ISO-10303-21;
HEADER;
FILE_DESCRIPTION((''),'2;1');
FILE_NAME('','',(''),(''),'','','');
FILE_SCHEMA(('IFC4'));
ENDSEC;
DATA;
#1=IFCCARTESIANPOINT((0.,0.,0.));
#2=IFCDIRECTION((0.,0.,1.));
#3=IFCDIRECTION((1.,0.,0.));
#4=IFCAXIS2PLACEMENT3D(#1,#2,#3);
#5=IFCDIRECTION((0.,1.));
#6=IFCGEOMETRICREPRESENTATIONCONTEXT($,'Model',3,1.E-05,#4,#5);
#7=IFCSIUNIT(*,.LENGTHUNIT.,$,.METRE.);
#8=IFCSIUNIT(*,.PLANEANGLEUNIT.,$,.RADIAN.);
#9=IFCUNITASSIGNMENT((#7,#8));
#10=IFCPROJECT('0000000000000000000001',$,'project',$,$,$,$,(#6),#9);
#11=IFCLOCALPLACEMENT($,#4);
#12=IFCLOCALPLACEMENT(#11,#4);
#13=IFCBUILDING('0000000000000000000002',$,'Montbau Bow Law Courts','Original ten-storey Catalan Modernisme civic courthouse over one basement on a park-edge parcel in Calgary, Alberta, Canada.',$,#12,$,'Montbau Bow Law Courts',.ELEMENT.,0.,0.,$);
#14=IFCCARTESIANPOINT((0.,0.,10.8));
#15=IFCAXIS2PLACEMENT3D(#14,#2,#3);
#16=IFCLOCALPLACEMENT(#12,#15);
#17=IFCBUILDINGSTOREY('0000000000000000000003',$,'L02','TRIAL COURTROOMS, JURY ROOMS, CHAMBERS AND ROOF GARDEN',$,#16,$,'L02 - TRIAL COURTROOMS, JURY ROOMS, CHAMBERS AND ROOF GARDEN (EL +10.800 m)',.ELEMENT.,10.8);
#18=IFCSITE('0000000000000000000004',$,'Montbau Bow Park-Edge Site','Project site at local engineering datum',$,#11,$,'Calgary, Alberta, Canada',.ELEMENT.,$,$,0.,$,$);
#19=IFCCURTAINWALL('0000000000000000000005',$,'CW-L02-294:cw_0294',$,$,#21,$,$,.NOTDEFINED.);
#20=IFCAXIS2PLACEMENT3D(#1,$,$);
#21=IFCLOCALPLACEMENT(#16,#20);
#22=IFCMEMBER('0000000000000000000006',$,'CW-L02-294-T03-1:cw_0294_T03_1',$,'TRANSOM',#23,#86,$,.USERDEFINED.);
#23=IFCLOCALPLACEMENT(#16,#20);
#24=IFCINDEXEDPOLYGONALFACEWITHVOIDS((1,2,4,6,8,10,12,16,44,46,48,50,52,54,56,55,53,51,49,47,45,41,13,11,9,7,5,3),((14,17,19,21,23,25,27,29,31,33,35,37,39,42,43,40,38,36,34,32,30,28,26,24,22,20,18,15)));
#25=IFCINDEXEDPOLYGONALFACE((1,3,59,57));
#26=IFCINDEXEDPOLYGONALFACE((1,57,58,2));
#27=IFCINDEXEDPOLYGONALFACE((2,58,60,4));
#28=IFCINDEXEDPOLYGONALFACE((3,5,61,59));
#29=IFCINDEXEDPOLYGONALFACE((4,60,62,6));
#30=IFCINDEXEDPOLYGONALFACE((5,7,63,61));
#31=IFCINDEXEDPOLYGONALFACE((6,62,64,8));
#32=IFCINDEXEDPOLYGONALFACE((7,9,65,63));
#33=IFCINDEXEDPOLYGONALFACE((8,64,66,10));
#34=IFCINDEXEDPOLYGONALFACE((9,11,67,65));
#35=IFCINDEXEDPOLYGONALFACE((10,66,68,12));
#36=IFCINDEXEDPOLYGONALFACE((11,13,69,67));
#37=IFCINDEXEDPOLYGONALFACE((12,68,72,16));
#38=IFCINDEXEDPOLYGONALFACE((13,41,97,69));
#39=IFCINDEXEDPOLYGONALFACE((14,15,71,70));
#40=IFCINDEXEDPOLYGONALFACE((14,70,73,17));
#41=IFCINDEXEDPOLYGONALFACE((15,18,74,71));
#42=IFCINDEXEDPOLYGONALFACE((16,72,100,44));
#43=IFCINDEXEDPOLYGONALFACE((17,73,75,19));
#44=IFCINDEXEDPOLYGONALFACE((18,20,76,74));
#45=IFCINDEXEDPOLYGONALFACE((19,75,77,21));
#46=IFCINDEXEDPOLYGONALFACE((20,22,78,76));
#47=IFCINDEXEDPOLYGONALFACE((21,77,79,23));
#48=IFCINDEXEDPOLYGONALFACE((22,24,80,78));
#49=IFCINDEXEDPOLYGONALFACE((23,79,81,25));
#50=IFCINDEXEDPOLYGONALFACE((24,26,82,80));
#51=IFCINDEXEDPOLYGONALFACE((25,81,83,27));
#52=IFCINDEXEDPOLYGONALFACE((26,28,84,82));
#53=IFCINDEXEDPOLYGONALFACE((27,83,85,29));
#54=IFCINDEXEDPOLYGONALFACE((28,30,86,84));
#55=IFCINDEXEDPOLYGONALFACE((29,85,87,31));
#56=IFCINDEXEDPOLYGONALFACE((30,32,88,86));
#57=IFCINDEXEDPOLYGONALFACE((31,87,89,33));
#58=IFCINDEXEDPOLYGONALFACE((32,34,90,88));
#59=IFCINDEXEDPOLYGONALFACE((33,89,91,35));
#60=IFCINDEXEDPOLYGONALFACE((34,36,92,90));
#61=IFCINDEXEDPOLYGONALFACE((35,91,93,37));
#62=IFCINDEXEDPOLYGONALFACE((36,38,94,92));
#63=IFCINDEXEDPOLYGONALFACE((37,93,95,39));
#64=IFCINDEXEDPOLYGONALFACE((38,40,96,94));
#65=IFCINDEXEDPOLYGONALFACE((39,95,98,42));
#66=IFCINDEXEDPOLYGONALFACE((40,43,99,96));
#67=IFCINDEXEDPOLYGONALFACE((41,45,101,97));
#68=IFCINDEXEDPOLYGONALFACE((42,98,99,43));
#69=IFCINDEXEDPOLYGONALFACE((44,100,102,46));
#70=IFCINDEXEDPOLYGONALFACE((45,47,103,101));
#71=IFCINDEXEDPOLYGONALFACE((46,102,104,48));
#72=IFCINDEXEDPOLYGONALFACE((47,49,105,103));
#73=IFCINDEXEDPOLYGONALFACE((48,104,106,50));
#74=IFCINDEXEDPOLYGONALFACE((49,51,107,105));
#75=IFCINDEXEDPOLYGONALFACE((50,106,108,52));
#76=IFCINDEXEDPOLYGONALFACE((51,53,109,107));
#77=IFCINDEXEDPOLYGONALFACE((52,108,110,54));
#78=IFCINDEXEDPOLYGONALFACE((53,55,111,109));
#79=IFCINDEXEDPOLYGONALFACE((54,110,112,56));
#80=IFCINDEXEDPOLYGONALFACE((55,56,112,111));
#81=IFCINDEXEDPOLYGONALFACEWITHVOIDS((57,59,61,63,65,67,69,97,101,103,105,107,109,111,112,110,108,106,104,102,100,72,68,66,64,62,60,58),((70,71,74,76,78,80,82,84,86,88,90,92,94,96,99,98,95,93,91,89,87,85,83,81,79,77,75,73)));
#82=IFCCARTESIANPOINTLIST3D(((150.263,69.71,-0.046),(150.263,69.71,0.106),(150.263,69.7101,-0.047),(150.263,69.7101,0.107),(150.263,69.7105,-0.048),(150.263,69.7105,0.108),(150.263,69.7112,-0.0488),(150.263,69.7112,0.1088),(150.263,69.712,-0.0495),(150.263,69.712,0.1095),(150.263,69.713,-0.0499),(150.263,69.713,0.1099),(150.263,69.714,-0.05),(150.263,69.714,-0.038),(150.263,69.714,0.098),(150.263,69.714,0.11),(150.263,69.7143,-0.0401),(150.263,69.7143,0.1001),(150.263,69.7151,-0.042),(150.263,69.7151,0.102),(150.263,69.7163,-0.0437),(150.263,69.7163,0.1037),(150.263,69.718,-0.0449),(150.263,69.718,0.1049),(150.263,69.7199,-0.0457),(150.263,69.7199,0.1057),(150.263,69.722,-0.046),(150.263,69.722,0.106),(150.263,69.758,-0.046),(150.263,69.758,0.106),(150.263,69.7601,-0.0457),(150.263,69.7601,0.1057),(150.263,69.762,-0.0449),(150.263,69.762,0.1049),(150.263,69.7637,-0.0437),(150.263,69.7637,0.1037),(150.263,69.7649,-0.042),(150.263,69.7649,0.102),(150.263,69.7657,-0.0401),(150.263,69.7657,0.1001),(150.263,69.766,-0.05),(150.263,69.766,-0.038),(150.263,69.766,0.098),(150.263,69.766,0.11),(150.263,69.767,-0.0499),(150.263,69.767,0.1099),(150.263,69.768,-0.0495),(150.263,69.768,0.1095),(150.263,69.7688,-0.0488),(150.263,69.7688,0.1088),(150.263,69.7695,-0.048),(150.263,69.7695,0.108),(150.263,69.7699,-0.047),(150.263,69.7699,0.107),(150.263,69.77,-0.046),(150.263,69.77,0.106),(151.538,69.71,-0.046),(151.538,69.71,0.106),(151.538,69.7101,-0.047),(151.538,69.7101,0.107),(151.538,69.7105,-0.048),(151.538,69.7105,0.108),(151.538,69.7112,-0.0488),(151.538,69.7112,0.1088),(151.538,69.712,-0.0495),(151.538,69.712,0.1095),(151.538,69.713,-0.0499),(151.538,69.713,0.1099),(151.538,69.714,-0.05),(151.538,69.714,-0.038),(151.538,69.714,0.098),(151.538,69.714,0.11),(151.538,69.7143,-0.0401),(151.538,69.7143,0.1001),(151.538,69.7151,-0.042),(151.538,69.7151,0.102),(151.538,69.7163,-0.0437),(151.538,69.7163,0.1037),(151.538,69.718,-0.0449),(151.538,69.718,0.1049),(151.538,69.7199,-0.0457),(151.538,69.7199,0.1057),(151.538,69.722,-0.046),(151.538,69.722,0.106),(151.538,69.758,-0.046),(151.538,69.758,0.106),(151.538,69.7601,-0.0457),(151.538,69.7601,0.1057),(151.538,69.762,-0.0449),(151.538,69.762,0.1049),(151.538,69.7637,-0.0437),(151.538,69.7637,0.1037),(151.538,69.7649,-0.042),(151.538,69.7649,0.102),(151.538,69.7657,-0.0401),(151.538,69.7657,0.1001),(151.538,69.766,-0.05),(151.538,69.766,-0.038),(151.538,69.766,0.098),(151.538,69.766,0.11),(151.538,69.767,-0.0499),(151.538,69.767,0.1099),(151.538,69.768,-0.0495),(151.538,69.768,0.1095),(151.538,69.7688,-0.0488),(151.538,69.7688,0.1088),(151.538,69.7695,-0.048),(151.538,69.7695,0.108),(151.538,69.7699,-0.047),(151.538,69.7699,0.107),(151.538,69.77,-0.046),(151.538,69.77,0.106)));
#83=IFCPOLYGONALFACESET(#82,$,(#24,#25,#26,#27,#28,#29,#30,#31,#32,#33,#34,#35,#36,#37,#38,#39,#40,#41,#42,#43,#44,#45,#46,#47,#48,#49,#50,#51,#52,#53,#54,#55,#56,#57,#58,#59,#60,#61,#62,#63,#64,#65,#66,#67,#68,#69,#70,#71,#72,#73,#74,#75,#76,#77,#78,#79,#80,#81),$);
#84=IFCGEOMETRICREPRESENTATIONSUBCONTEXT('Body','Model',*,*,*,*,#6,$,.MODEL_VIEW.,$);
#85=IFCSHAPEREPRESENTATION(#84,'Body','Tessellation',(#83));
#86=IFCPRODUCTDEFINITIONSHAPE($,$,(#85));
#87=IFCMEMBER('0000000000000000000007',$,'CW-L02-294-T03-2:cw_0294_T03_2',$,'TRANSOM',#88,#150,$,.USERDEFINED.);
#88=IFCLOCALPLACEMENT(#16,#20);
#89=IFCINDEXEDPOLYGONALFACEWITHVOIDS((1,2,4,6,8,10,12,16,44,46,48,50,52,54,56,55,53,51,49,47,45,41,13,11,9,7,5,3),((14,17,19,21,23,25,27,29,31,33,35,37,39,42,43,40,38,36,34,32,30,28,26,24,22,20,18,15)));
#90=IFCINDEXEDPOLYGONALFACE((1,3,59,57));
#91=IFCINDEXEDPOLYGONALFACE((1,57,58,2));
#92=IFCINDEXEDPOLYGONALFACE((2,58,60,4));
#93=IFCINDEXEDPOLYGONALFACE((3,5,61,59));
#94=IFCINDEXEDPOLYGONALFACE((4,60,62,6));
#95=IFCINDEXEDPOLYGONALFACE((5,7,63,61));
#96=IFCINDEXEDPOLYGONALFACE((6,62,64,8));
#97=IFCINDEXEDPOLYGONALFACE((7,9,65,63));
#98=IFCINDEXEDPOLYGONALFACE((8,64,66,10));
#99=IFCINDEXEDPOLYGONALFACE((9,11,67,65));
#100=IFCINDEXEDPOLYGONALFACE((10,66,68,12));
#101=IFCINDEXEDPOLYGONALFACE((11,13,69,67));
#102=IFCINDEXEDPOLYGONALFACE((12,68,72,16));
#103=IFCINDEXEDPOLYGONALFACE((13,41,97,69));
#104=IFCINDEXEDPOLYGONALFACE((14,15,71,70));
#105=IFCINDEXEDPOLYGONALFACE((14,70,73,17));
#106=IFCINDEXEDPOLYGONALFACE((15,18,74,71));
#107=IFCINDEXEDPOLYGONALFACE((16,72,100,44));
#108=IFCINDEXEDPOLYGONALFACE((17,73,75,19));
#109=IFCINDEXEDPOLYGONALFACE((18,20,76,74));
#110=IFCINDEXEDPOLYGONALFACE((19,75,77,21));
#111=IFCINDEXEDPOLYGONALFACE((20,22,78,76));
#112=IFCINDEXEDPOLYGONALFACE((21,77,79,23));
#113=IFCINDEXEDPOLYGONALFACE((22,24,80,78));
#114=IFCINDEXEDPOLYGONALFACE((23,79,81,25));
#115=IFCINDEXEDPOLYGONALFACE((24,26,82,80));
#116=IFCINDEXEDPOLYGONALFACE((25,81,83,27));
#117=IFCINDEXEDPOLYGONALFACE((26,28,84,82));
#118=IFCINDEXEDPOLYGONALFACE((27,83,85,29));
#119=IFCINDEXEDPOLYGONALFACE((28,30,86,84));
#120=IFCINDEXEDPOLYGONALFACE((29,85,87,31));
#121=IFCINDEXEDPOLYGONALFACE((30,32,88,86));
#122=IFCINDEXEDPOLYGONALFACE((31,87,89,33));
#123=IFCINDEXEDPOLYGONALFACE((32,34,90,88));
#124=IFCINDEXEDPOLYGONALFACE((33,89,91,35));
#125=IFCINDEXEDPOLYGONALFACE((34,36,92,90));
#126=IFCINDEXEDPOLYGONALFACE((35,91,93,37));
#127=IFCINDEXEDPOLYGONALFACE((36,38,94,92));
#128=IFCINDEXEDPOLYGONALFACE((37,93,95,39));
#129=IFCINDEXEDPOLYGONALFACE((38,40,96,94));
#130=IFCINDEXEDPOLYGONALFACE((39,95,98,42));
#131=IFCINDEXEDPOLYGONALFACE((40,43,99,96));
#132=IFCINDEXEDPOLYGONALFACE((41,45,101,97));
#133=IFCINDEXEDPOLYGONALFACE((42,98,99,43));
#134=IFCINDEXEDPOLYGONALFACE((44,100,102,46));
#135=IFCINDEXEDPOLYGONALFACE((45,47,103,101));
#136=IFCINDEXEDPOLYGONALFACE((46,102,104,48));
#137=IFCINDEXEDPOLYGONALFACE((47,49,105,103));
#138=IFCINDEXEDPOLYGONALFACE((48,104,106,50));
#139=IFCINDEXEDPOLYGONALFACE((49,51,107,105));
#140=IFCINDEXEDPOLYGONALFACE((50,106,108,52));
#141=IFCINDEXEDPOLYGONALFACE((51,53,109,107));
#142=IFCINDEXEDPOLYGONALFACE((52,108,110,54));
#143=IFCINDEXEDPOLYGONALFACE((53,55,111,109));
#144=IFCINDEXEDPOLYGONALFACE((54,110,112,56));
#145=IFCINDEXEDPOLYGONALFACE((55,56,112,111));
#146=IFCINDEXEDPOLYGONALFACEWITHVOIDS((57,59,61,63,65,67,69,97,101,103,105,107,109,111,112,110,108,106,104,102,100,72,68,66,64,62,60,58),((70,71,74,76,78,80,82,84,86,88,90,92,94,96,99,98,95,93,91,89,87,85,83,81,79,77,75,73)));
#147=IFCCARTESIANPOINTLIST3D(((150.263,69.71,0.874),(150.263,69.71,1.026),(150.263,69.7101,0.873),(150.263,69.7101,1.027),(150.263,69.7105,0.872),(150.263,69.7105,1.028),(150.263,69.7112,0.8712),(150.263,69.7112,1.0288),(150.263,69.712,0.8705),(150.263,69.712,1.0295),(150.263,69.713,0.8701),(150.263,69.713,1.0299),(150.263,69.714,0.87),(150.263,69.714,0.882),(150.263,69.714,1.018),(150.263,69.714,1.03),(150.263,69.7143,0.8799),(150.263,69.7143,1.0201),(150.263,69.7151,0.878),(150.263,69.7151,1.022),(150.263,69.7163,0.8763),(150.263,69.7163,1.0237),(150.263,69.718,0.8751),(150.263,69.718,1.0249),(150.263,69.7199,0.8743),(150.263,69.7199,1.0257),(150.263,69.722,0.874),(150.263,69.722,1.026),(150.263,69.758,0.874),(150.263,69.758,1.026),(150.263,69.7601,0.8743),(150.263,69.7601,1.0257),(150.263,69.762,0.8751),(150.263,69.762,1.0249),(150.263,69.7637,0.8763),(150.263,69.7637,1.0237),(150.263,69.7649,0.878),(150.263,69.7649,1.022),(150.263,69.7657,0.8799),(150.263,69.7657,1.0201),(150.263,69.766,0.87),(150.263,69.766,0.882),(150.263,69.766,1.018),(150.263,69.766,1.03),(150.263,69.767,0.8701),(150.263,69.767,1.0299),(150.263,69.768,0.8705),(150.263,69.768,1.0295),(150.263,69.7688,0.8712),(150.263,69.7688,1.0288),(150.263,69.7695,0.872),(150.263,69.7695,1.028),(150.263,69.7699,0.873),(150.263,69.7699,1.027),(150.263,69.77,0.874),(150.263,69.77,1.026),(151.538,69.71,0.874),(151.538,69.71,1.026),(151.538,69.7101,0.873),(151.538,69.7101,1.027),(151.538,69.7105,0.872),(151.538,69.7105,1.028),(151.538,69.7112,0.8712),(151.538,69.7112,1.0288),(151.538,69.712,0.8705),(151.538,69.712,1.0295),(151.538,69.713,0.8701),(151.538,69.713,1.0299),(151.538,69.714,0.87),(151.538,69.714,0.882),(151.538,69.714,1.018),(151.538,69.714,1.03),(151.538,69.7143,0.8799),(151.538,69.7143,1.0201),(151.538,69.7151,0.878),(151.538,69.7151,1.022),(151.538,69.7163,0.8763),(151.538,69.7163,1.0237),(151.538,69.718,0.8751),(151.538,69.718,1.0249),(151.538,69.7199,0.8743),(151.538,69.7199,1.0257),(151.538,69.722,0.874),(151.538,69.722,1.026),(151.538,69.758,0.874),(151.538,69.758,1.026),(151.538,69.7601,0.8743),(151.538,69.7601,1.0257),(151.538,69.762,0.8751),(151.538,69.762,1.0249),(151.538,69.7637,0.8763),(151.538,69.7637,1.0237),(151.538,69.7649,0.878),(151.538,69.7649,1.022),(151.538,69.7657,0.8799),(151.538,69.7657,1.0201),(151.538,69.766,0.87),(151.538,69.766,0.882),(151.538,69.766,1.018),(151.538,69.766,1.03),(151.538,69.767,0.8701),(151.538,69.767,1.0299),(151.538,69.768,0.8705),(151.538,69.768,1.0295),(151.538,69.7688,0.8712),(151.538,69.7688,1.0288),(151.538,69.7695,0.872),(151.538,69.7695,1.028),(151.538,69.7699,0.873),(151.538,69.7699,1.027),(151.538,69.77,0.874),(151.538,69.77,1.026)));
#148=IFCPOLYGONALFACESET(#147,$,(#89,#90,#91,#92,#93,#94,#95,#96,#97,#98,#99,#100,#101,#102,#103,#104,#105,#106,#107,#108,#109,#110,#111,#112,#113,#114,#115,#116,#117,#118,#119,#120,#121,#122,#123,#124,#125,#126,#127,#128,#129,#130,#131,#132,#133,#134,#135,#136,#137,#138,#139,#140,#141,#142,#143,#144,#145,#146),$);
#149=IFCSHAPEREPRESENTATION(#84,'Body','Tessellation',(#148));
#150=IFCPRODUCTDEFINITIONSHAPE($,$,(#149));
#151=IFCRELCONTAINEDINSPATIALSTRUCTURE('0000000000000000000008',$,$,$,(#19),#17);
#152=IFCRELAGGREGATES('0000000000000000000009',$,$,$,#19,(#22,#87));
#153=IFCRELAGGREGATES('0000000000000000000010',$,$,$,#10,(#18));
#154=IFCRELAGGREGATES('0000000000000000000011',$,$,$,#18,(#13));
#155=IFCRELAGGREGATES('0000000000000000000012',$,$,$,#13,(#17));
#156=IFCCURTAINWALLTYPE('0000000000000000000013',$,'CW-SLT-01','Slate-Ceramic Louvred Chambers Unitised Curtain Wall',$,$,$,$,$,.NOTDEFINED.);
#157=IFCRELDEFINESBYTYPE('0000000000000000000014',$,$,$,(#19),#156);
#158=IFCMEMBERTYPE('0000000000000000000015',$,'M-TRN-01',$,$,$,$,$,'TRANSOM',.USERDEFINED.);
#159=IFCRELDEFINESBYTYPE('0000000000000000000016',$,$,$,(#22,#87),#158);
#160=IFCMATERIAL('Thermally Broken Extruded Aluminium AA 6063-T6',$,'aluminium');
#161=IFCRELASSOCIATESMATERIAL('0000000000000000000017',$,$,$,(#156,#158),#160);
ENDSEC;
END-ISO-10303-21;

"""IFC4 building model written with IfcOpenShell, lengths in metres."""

from ifc_helpers import new_model, si_unit, direction, frame, origin_with_axes, origin_2d_with_axis, place, context, subcontext, project, spatial, hollow_rectangle, extrude, material, material_profile, profile_set, type_object, element, aggregate, save


model = new_model("IFC4")

# Units and contexts
model_context = context("Model", 3, precision=1e-05, world=origin_with_axes(), true_north=direction((0.0, 1.0)))
body_context = subcontext(model_context, "Body", "Model", "MODEL_VIEW")
ifc_project = project(units=[si_unit("LENGTHUNIT", "METRE"), si_unit("PLANEANGLEUNIT", "RADIAN")], contexts=[model_context])

# Site, building, storey
site_placement = place(None, origin_with_axes())
site = spatial("IfcSite", under=ifc_project, at=site_placement, Name="Montbau Bow Park-Edge Site", Description="Project site at local engineering datum", LongName="Calgary, Alberta, Canada", CompositionType="ELEMENT", RefElevation=0.0)
building_placement = place(site_placement, origin_with_axes())
building = spatial("IfcBuilding", under=site, at=building_placement, Name="Montbau Bow Law Courts", Description="Original ten-storey Catalan Modernisme civic courthouse over one basement on a park-edge parcel in Calgary, Alberta, Canada.", LongName="Montbau Bow Law Courts", CompositionType="ELEMENT", ElevationOfRefHeight=0.0, ElevationOfTerrain=0.0)
storey_placement = place(building_placement, frame((0.0, 0.0, 10.8), z_axis=(0.0, 0.0, 1.0), x_axis=(1.0, 0.0, 0.0)))
storey = spatial("IfcBuildingStorey", under=building, at=storey_placement, Name="L02", Description="TRIAL COURTROOMS, JURY ROOMS, CHAMBERS AND ROOF GARDEN", LongName="L02 - TRIAL COURTROOMS, JURY ROOMS, CHAMBERS AND ROOF GARDEN (EL +10.800 m)", CompositionType="ELEMENT", Elevation=10.8)

# Curtain wall, members
ifc_material_1 = material(Name="Thermally Broken Extruded Aluminium AA 6063-T6", Category="aluminium")
curtain_wall_type = type_object("IfcCurtainWallType", Name="CW-SLT-01", Description="Slate-Ceramic Louvred Chambers Unitised Curtain Wall", PredefinedType="NOTDEFINED", material=ifc_material_1)
curtain_wall_placement = place(None, frame((147.515, 69.74, 10.8), z_axis=(0.0, 0.0, 1.0), x_axis=(1.0, 0.0, 0.0)))
curtain_wall = element("IfcCurtainWall", 1, at=curtain_wall_placement, inside=storey, type_object=curtain_wall_type, Name="CW-L02-294:cw_0294", PredefinedType="NOTDEFINED")
ifc_material_profile_1 = material_profile(ifc_material_1, hollow_rectangle(XDim=0.06, YDim=0.16, WallThickness=0.004, InnerFilletRadius=0.008, OuterFilletRadius=0.004, at=origin_2d_with_axis()), Name="CWT-160X60", Category="Main", Priority=0)
ifc_profile_set_1 = profile_set([ifc_material_profile_1], Name="Thermally Broken Extruded Aluminium AA 6063-T6")
member_type_1 = type_object("IfcMemberType", Name="M-TRN-01", ElementType="TRANSOM", PredefinedType="USERDEFINED", material=ifc_profile_set_1)
member_1_placement = place(None, frame((150.263, 69.74, 10.83), z_axis=(1.0, 0.0, 0.0), x_axis=(0.0, 1.0, 0.0)))
member_1 = element("IfcMember", 2, at=member_1_placement, type_object=member_type_1, Name="CW-L02-294-T03-1:cw_0294_T03_1", ObjectType="TRANSOM", PredefinedType="USERDEFINED", context=body_context, shape_type="SweptSolid", body=[
    extrude(hollow_rectangle(XDim=0.06, YDim=0.16, WallThickness=0.004, InnerFilletRadius=0.008, OuterFilletRadius=0.004, at=origin_2d_with_axis()), origin_with_axes(), (0.0, 0.0, 1.0), 1.275),
])
member_2_placement = place(None, frame((150.263, 69.74, 11.75), z_axis=(1.0, 0.0, 0.0), x_axis=(0.0, 1.0, 0.0)))
member_2 = element("IfcMember", 3, at=member_2_placement, type_object=member_type_1, Name="CW-L02-294-T03-2:cw_0294_T03_2", ObjectType="TRANSOM", PredefinedType="USERDEFINED", context=body_context, shape_type="SweptSolid", body=[
    extrude(hollow_rectangle(XDim=0.06, YDim=0.16, WallThickness=0.004, InnerFilletRadius=0.008, OuterFilletRadius=0.004, at=origin_2d_with_axis()), origin_with_axes(), (0.0, 0.0, 1.0), 1.275),
])
aggregate(curtain_wall, [member_1, member_2])

save(model, "model.ifc")
